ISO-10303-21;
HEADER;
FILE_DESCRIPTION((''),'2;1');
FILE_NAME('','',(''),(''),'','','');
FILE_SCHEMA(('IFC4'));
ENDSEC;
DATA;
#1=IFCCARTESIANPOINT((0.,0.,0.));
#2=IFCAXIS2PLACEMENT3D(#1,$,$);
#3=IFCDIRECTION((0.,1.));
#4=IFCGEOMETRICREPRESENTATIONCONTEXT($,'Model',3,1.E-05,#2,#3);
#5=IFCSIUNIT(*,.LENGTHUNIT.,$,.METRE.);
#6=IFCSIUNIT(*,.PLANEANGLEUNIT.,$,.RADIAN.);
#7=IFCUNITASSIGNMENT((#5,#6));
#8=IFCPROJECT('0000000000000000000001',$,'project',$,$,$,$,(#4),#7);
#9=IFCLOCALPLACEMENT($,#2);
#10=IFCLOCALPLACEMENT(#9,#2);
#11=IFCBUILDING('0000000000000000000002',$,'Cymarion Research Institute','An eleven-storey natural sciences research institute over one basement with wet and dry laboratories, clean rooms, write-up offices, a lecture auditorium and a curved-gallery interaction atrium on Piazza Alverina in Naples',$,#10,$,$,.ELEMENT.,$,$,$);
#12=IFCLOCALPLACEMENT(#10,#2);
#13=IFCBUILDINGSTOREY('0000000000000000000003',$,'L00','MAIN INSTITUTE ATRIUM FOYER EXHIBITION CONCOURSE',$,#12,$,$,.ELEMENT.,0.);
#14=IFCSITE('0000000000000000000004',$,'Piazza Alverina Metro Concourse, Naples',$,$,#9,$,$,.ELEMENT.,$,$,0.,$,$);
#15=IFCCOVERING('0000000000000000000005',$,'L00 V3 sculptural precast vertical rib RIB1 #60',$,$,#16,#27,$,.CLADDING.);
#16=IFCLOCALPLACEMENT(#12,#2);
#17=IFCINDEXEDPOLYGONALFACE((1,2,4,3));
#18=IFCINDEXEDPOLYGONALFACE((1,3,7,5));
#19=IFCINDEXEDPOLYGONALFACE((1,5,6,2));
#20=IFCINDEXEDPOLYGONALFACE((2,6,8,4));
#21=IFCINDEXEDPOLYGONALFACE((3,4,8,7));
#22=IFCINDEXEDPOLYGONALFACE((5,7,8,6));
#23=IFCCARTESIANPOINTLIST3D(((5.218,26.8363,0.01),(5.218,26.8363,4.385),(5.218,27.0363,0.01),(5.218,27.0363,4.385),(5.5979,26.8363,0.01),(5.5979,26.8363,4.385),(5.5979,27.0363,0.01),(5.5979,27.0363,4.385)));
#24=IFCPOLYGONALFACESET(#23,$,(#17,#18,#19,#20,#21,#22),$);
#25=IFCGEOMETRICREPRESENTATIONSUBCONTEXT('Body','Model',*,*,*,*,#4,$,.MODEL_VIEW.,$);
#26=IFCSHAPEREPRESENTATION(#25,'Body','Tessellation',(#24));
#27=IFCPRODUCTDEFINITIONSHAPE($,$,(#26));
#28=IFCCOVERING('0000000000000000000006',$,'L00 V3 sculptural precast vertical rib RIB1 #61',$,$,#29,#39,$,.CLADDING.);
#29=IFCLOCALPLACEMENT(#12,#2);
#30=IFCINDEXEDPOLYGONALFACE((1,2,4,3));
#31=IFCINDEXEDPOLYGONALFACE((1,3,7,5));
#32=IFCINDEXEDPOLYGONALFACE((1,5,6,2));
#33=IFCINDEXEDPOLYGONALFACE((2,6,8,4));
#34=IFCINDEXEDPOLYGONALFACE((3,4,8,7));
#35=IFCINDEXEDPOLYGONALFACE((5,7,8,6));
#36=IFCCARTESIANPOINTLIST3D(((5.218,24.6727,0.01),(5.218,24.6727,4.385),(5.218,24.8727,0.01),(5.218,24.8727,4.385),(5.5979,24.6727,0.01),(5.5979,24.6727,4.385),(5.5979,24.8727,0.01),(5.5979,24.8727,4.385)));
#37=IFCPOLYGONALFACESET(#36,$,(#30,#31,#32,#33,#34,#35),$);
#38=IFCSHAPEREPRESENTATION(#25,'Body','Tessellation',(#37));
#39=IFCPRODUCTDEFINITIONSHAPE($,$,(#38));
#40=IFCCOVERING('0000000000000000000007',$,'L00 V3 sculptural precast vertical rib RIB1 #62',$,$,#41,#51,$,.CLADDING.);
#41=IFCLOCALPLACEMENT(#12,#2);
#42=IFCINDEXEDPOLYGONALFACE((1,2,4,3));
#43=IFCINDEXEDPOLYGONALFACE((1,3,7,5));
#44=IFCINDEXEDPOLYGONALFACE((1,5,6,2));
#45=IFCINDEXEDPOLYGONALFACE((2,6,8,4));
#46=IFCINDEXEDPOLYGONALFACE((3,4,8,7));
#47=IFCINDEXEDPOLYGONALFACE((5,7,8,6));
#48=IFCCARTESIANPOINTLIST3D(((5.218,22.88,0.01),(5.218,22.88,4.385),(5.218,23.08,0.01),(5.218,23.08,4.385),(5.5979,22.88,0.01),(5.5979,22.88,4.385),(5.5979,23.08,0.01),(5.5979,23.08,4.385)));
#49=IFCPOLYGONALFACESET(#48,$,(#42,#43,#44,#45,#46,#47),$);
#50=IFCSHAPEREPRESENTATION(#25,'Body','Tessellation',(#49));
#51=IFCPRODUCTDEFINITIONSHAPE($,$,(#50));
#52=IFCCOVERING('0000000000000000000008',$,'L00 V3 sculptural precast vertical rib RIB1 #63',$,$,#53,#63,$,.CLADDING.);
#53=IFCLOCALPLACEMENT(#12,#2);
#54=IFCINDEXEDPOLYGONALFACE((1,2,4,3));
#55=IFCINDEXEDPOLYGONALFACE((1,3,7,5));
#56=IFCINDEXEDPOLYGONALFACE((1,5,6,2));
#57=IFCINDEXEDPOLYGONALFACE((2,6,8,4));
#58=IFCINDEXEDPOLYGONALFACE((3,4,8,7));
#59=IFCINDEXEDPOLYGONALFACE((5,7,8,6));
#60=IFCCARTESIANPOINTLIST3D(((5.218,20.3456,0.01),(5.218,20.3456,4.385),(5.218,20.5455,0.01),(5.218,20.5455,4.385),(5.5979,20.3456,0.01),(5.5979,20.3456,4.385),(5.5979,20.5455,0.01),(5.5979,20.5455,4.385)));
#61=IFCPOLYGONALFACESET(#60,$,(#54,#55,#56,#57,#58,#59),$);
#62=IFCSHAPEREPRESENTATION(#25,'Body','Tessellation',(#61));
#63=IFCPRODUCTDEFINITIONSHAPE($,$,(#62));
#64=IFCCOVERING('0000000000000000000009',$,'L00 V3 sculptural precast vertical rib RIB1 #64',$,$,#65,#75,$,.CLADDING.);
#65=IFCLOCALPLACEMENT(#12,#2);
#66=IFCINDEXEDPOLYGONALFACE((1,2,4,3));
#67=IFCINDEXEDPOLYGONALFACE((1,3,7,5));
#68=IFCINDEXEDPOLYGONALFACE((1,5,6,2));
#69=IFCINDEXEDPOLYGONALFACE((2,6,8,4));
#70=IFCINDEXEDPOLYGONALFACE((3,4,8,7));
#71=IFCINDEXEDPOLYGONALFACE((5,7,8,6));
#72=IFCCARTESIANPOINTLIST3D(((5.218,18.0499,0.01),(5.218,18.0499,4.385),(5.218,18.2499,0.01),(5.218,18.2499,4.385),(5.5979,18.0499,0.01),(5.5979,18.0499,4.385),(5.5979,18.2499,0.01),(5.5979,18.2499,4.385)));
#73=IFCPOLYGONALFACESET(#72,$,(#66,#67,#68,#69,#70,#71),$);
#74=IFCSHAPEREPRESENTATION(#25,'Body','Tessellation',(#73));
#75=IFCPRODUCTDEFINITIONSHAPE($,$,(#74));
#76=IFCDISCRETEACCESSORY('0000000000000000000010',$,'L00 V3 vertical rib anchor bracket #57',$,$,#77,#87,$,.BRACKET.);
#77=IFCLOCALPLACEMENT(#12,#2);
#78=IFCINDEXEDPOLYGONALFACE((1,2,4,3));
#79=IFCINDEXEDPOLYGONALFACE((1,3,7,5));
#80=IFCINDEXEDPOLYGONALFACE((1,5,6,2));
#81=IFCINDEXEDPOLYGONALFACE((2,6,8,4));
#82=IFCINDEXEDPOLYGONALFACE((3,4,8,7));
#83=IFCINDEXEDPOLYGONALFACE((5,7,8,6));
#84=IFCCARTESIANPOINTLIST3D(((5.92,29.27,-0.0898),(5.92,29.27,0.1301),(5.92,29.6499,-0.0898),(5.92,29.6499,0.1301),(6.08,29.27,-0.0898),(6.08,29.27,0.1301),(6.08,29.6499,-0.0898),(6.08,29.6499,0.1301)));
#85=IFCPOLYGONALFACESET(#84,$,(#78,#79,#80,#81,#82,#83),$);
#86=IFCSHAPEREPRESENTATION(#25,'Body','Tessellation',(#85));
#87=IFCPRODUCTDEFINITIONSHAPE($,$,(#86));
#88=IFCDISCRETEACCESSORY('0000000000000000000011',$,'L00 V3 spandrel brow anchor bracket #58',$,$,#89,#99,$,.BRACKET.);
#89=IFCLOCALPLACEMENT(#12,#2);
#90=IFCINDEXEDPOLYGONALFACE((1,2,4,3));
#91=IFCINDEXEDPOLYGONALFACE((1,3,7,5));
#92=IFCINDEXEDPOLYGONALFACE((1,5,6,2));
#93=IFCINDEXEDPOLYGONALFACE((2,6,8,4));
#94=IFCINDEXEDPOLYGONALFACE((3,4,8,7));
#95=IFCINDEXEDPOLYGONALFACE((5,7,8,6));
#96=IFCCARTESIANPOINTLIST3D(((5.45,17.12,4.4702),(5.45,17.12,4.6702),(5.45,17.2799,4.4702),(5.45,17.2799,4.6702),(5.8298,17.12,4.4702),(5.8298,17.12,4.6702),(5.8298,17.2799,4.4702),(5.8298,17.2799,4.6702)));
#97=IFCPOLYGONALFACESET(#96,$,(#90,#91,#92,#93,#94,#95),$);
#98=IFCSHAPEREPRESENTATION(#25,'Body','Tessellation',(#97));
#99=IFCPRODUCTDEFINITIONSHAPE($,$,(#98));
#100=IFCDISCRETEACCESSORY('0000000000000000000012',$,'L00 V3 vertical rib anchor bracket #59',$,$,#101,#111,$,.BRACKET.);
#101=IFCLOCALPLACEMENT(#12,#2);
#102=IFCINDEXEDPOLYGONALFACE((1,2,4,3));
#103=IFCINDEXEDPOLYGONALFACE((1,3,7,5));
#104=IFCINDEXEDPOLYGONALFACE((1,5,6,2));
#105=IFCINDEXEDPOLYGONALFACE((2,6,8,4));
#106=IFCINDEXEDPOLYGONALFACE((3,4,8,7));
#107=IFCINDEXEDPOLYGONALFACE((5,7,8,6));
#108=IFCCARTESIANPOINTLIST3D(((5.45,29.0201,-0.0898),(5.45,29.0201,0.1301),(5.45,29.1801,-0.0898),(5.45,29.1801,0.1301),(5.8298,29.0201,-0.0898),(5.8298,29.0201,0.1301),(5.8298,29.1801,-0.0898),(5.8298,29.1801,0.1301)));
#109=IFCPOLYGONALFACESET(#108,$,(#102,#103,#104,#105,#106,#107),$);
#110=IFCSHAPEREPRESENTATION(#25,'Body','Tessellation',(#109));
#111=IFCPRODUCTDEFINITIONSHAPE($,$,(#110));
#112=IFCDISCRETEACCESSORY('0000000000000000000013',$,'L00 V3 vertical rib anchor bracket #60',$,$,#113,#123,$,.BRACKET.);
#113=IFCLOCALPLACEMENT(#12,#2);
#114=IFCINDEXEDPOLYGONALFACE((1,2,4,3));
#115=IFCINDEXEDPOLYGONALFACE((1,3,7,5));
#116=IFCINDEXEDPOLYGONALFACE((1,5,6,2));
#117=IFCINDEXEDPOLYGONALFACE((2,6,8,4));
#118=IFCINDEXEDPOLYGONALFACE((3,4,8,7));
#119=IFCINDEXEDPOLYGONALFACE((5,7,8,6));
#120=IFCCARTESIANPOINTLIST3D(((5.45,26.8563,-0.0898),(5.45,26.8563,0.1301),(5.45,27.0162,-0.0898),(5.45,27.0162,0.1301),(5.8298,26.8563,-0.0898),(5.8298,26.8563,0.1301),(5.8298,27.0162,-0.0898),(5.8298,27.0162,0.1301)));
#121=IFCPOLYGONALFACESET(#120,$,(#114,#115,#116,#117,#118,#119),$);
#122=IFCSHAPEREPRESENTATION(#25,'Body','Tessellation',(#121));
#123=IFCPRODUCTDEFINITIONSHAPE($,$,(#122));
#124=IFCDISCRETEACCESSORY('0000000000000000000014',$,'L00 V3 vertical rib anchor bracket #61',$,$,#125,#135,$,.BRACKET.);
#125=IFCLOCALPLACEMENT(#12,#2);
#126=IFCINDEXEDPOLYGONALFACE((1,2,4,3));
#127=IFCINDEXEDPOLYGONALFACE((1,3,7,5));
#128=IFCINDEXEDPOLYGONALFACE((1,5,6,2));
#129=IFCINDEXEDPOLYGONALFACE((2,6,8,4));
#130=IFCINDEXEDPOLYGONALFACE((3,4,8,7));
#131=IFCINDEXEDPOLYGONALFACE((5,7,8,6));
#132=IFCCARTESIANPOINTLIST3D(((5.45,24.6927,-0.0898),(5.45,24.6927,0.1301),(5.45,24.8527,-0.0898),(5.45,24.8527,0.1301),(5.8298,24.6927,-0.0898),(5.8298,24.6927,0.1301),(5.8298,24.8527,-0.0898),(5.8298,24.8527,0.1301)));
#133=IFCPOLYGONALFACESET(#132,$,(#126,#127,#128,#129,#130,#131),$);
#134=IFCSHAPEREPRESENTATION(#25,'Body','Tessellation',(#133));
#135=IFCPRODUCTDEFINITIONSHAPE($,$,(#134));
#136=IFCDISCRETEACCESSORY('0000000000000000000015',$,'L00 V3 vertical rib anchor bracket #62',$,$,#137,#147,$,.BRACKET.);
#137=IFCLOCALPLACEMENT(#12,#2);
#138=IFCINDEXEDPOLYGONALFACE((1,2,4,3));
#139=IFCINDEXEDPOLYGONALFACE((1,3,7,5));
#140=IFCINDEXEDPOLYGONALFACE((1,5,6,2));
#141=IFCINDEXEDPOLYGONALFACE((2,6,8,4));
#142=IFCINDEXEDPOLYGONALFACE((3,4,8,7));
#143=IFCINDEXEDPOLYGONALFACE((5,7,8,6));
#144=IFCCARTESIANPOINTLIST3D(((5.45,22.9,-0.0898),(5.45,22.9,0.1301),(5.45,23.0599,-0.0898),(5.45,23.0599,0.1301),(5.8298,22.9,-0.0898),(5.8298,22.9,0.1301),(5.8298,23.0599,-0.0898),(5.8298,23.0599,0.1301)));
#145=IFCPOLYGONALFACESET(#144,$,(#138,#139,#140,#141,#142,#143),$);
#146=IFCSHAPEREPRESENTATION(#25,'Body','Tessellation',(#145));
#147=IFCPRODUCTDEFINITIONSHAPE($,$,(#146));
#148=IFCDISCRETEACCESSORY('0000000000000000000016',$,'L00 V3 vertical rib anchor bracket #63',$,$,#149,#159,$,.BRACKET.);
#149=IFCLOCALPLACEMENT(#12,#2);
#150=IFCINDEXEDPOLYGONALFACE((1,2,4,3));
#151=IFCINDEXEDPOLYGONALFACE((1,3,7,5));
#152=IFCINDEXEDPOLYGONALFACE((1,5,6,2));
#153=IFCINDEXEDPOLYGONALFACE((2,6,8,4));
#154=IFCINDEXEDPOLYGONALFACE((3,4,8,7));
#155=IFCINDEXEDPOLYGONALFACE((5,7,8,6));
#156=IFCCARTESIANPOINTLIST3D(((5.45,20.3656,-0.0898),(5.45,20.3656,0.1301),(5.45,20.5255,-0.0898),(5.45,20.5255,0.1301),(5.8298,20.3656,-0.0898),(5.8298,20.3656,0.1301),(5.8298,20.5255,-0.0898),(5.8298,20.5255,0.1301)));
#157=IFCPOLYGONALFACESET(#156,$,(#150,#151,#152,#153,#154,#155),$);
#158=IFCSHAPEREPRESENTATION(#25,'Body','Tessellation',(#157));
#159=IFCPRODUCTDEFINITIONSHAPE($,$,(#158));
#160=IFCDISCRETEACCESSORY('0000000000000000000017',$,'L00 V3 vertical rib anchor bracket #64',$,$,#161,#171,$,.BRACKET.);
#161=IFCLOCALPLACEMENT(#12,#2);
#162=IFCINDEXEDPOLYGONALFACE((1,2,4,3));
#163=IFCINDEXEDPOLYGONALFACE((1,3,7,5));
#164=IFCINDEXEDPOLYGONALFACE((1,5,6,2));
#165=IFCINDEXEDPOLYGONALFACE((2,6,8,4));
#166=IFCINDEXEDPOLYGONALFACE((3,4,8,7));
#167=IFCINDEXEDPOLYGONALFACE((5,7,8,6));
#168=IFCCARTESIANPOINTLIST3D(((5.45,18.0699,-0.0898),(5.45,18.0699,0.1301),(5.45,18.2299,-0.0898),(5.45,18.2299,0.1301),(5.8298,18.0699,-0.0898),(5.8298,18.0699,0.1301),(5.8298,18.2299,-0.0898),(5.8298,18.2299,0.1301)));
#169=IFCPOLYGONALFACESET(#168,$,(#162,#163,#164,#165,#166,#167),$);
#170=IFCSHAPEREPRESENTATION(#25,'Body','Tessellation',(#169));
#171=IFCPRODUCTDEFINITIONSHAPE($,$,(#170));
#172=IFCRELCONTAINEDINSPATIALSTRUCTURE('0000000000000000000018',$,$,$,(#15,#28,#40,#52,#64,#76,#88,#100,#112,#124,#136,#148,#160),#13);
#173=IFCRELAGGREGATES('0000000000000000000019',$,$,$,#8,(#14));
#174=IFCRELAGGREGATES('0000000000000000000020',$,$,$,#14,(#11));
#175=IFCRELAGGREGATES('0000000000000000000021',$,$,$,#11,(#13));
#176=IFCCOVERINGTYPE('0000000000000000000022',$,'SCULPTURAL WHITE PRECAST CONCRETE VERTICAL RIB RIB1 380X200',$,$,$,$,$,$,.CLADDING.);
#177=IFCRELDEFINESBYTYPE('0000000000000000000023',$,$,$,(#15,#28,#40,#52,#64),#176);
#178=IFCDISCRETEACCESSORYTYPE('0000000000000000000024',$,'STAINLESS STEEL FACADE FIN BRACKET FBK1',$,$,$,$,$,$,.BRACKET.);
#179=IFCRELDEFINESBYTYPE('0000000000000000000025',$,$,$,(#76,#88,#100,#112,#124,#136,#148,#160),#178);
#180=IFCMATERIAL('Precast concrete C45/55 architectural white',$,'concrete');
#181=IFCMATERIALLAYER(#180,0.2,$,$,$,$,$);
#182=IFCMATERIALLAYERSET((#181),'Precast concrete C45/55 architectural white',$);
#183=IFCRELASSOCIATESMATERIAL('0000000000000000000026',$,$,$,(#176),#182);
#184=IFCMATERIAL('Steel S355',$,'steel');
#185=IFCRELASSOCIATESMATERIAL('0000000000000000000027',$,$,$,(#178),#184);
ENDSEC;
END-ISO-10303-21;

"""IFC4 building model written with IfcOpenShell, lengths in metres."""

from ifc_helpers import new_model, si_unit, direction, frame, origin, origin_2d, place, context, subcontext, project, spatial, rectangle, extrude, material, layer, layer_set, type_object, element, save


model = new_model("IFC4")

# Units and contexts
model_context = context("Model", 3, precision=1e-05, world=origin(), true_north=direction((0.0, 1.0)))
body_context = subcontext(model_context, "Body", "Model", "MODEL_VIEW")
ifc_project = project(units=[si_unit("LENGTHUNIT", "METRE"), si_unit("PLANEANGLEUNIT", "RADIAN")], contexts=[model_context])

# Site, building, storey
site_placement = place(None, origin())
site = spatial("IfcSite", under=ifc_project, at=site_placement, Name="Piazza Alverina Metro Concourse, Naples", CompositionType="ELEMENT", RefElevation=0.0)
building_placement = place(site_placement, origin())
building = spatial("IfcBuilding", under=site, at=building_placement, Name="Cymarion Research Institute", Description="An eleven-storey natural sciences research institute over one basement with wet and dry laboratories, clean rooms, write-up offices, a lecture auditorium and a curved-gallery interaction atrium on Piazza Alverina in Naples", CompositionType="ELEMENT")
storey_placement = place(building_placement, origin())
storey = spatial("IfcBuildingStorey", under=building, at=storey_placement, Name="L00", Description="MAIN INSTITUTE ATRIUM FOYER EXHIBITION CONCOURSE", CompositionType="ELEMENT", Elevation=0.0)

# Shared definitions
ifc_material_1 = material(Name="Steel S355", Category="steel")

# Coverings
ifc_material_2 = material(Name="Precast concrete C45/55 architectural white", Category="concrete")
ifc_layer_1 = layer(ifc_material_2, 0.2)
ifc_layer_set_1 = layer_set([ifc_layer_1], Name="Precast concrete C45/55 architectural white")
covering_type = type_object("IfcCoveringType", Name="SCULPTURAL WHITE PRECAST CONCRETE VERTICAL RIB RIB1 380X200", PredefinedType="CLADDING", material=ifc_layer_set_1)
for number, where, z_axis, x_axis, name in (
    (1, (5.408, 26.9363, 0.01), (0.0, 0.0, 1.0), (-1.0, 0.0, 0.0), "L00 V3 sculptural precast vertical rib RIB1 #60"),
    (2, (5.408, 24.7727, 0.01), (0.0, 0.0, 1.0), (-1.0, 0.0, 0.0), "L00 V3 sculptural precast vertical rib RIB1 #61"),
    (3, (5.408, 22.98, 0.01), (0.0, 0.0, 1.0), (-1.0, 0.0, 0.0), "L00 V3 sculptural precast vertical rib RIB1 #62"),
    (4, (5.408, 20.4456, 0.01), (0.0, 0.0, 1.0), (-1.0, 0.0, 0.0), "L00 V3 sculptural precast vertical rib RIB1 #63"),
    (5, (5.408, 18.1499, 0.01), (0.0, 0.0, 1.0), (-1.0, 0.0, 0.0), "L00 V3 sculptural precast vertical rib RIB1 #64"),
):
    element("IfcCovering", number, at=place(storey_placement, frame(where, z_axis=z_axis, x_axis=x_axis)), inside=storey, type_object=covering_type, Name=name, PredefinedType="CLADDING", context=body_context, shape_type="SweptSolid", body=[
        extrude(rectangle(XDim=0.3799, YDim=0.2, at=origin_2d()), origin(), (0.0, 0.0, 1.0), 4.375),
    ])

# Discrete accessories
discrete_accessory_type = type_object("IfcDiscreteAccessoryType", Name="STAINLESS STEEL FACADE FIN BRACKET FBK1", PredefinedType="BRACKET", material=ifc_material_1)
discrete_accessory_1_placement = place(storey_placement, frame((6.0, 29.46, -0.0898), z_axis=(0.0, 0.0, 1.0), x_axis=(0.0, 1.0, 0.0)))
element("IfcDiscreteAccessory", 6, at=discrete_accessory_1_placement, inside=storey, type_object=discrete_accessory_type, Name="L00 V3 vertical rib anchor bracket #57", PredefinedType="BRACKET", context=body_context, shape_type="SweptSolid", body=[
    extrude(rectangle(XDim=0.3799, YDim=0.1599, at=origin_2d()), origin(), (0.0, 0.0, 1.0), 0.22),
])
discrete_accessory_2_placement = place(storey_placement, frame((5.6399, 17.2, 4.4702), z_axis=(0.0, 0.0, 1.0), x_axis=(-1.0, 0.0, 0.0)))
element("IfcDiscreteAccessory", 7, at=discrete_accessory_2_placement, inside=storey, type_object=discrete_accessory_type, Name="L00 V3 spandrel brow anchor bracket #58", PredefinedType="BRACKET", context=body_context, shape_type="SweptSolid", body=[
    extrude(rectangle(XDim=0.3799, YDim=0.1599, at=origin_2d()), origin(), (0.0, 0.0, 1.0), 0.2),
])
for number, where, z_axis, x_axis, name in (
    (8, (5.6399, 29.1001, -0.0898), (0.0, 0.0, 1.0), (-1.0, 0.0, 0.0), "L00 V3 vertical rib anchor bracket #59"),
    (9, (5.6399, 26.9363, -0.0898), (0.0, 0.0, 1.0), (-1.0, 0.0, 0.0), "L00 V3 vertical rib anchor bracket #60"),
    (10, (5.6399, 24.7727, -0.0898), (0.0, 0.0, 1.0), (-1.0, 0.0, 0.0), "L00 V3 vertical rib anchor bracket #61"),
    (11, (5.6399, 22.98, -0.0898), (0.0, 0.0, 1.0), (-1.0, 0.0, 0.0), "L00 V3 vertical rib anchor bracket #62"),
    (12, (5.6399, 20.4456, -0.0898), (0.0, 0.0, 1.0), (-1.0, 0.0, 0.0), "L00 V3 vertical rib anchor bracket #63"),
    (13, (5.6399, 18.1499, -0.0898), (0.0, 0.0, 1.0), (-1.0, 0.0, 0.0), "L00 V3 vertical rib anchor bracket #64"),
):
    element("IfcDiscreteAccessory", number, at=place(storey_placement, frame(where, z_axis=z_axis, x_axis=x_axis)), inside=storey, type_object=discrete_accessory_type, Name=name, PredefinedType="BRACKET", context=body_context, shape_type="SweptSolid", body=[
        extrude(rectangle(XDim=0.3799, YDim=0.1599, at=origin_2d()), origin(), (0.0, 0.0, 1.0), 0.22),
    ])

save(model, "model.ifc")
